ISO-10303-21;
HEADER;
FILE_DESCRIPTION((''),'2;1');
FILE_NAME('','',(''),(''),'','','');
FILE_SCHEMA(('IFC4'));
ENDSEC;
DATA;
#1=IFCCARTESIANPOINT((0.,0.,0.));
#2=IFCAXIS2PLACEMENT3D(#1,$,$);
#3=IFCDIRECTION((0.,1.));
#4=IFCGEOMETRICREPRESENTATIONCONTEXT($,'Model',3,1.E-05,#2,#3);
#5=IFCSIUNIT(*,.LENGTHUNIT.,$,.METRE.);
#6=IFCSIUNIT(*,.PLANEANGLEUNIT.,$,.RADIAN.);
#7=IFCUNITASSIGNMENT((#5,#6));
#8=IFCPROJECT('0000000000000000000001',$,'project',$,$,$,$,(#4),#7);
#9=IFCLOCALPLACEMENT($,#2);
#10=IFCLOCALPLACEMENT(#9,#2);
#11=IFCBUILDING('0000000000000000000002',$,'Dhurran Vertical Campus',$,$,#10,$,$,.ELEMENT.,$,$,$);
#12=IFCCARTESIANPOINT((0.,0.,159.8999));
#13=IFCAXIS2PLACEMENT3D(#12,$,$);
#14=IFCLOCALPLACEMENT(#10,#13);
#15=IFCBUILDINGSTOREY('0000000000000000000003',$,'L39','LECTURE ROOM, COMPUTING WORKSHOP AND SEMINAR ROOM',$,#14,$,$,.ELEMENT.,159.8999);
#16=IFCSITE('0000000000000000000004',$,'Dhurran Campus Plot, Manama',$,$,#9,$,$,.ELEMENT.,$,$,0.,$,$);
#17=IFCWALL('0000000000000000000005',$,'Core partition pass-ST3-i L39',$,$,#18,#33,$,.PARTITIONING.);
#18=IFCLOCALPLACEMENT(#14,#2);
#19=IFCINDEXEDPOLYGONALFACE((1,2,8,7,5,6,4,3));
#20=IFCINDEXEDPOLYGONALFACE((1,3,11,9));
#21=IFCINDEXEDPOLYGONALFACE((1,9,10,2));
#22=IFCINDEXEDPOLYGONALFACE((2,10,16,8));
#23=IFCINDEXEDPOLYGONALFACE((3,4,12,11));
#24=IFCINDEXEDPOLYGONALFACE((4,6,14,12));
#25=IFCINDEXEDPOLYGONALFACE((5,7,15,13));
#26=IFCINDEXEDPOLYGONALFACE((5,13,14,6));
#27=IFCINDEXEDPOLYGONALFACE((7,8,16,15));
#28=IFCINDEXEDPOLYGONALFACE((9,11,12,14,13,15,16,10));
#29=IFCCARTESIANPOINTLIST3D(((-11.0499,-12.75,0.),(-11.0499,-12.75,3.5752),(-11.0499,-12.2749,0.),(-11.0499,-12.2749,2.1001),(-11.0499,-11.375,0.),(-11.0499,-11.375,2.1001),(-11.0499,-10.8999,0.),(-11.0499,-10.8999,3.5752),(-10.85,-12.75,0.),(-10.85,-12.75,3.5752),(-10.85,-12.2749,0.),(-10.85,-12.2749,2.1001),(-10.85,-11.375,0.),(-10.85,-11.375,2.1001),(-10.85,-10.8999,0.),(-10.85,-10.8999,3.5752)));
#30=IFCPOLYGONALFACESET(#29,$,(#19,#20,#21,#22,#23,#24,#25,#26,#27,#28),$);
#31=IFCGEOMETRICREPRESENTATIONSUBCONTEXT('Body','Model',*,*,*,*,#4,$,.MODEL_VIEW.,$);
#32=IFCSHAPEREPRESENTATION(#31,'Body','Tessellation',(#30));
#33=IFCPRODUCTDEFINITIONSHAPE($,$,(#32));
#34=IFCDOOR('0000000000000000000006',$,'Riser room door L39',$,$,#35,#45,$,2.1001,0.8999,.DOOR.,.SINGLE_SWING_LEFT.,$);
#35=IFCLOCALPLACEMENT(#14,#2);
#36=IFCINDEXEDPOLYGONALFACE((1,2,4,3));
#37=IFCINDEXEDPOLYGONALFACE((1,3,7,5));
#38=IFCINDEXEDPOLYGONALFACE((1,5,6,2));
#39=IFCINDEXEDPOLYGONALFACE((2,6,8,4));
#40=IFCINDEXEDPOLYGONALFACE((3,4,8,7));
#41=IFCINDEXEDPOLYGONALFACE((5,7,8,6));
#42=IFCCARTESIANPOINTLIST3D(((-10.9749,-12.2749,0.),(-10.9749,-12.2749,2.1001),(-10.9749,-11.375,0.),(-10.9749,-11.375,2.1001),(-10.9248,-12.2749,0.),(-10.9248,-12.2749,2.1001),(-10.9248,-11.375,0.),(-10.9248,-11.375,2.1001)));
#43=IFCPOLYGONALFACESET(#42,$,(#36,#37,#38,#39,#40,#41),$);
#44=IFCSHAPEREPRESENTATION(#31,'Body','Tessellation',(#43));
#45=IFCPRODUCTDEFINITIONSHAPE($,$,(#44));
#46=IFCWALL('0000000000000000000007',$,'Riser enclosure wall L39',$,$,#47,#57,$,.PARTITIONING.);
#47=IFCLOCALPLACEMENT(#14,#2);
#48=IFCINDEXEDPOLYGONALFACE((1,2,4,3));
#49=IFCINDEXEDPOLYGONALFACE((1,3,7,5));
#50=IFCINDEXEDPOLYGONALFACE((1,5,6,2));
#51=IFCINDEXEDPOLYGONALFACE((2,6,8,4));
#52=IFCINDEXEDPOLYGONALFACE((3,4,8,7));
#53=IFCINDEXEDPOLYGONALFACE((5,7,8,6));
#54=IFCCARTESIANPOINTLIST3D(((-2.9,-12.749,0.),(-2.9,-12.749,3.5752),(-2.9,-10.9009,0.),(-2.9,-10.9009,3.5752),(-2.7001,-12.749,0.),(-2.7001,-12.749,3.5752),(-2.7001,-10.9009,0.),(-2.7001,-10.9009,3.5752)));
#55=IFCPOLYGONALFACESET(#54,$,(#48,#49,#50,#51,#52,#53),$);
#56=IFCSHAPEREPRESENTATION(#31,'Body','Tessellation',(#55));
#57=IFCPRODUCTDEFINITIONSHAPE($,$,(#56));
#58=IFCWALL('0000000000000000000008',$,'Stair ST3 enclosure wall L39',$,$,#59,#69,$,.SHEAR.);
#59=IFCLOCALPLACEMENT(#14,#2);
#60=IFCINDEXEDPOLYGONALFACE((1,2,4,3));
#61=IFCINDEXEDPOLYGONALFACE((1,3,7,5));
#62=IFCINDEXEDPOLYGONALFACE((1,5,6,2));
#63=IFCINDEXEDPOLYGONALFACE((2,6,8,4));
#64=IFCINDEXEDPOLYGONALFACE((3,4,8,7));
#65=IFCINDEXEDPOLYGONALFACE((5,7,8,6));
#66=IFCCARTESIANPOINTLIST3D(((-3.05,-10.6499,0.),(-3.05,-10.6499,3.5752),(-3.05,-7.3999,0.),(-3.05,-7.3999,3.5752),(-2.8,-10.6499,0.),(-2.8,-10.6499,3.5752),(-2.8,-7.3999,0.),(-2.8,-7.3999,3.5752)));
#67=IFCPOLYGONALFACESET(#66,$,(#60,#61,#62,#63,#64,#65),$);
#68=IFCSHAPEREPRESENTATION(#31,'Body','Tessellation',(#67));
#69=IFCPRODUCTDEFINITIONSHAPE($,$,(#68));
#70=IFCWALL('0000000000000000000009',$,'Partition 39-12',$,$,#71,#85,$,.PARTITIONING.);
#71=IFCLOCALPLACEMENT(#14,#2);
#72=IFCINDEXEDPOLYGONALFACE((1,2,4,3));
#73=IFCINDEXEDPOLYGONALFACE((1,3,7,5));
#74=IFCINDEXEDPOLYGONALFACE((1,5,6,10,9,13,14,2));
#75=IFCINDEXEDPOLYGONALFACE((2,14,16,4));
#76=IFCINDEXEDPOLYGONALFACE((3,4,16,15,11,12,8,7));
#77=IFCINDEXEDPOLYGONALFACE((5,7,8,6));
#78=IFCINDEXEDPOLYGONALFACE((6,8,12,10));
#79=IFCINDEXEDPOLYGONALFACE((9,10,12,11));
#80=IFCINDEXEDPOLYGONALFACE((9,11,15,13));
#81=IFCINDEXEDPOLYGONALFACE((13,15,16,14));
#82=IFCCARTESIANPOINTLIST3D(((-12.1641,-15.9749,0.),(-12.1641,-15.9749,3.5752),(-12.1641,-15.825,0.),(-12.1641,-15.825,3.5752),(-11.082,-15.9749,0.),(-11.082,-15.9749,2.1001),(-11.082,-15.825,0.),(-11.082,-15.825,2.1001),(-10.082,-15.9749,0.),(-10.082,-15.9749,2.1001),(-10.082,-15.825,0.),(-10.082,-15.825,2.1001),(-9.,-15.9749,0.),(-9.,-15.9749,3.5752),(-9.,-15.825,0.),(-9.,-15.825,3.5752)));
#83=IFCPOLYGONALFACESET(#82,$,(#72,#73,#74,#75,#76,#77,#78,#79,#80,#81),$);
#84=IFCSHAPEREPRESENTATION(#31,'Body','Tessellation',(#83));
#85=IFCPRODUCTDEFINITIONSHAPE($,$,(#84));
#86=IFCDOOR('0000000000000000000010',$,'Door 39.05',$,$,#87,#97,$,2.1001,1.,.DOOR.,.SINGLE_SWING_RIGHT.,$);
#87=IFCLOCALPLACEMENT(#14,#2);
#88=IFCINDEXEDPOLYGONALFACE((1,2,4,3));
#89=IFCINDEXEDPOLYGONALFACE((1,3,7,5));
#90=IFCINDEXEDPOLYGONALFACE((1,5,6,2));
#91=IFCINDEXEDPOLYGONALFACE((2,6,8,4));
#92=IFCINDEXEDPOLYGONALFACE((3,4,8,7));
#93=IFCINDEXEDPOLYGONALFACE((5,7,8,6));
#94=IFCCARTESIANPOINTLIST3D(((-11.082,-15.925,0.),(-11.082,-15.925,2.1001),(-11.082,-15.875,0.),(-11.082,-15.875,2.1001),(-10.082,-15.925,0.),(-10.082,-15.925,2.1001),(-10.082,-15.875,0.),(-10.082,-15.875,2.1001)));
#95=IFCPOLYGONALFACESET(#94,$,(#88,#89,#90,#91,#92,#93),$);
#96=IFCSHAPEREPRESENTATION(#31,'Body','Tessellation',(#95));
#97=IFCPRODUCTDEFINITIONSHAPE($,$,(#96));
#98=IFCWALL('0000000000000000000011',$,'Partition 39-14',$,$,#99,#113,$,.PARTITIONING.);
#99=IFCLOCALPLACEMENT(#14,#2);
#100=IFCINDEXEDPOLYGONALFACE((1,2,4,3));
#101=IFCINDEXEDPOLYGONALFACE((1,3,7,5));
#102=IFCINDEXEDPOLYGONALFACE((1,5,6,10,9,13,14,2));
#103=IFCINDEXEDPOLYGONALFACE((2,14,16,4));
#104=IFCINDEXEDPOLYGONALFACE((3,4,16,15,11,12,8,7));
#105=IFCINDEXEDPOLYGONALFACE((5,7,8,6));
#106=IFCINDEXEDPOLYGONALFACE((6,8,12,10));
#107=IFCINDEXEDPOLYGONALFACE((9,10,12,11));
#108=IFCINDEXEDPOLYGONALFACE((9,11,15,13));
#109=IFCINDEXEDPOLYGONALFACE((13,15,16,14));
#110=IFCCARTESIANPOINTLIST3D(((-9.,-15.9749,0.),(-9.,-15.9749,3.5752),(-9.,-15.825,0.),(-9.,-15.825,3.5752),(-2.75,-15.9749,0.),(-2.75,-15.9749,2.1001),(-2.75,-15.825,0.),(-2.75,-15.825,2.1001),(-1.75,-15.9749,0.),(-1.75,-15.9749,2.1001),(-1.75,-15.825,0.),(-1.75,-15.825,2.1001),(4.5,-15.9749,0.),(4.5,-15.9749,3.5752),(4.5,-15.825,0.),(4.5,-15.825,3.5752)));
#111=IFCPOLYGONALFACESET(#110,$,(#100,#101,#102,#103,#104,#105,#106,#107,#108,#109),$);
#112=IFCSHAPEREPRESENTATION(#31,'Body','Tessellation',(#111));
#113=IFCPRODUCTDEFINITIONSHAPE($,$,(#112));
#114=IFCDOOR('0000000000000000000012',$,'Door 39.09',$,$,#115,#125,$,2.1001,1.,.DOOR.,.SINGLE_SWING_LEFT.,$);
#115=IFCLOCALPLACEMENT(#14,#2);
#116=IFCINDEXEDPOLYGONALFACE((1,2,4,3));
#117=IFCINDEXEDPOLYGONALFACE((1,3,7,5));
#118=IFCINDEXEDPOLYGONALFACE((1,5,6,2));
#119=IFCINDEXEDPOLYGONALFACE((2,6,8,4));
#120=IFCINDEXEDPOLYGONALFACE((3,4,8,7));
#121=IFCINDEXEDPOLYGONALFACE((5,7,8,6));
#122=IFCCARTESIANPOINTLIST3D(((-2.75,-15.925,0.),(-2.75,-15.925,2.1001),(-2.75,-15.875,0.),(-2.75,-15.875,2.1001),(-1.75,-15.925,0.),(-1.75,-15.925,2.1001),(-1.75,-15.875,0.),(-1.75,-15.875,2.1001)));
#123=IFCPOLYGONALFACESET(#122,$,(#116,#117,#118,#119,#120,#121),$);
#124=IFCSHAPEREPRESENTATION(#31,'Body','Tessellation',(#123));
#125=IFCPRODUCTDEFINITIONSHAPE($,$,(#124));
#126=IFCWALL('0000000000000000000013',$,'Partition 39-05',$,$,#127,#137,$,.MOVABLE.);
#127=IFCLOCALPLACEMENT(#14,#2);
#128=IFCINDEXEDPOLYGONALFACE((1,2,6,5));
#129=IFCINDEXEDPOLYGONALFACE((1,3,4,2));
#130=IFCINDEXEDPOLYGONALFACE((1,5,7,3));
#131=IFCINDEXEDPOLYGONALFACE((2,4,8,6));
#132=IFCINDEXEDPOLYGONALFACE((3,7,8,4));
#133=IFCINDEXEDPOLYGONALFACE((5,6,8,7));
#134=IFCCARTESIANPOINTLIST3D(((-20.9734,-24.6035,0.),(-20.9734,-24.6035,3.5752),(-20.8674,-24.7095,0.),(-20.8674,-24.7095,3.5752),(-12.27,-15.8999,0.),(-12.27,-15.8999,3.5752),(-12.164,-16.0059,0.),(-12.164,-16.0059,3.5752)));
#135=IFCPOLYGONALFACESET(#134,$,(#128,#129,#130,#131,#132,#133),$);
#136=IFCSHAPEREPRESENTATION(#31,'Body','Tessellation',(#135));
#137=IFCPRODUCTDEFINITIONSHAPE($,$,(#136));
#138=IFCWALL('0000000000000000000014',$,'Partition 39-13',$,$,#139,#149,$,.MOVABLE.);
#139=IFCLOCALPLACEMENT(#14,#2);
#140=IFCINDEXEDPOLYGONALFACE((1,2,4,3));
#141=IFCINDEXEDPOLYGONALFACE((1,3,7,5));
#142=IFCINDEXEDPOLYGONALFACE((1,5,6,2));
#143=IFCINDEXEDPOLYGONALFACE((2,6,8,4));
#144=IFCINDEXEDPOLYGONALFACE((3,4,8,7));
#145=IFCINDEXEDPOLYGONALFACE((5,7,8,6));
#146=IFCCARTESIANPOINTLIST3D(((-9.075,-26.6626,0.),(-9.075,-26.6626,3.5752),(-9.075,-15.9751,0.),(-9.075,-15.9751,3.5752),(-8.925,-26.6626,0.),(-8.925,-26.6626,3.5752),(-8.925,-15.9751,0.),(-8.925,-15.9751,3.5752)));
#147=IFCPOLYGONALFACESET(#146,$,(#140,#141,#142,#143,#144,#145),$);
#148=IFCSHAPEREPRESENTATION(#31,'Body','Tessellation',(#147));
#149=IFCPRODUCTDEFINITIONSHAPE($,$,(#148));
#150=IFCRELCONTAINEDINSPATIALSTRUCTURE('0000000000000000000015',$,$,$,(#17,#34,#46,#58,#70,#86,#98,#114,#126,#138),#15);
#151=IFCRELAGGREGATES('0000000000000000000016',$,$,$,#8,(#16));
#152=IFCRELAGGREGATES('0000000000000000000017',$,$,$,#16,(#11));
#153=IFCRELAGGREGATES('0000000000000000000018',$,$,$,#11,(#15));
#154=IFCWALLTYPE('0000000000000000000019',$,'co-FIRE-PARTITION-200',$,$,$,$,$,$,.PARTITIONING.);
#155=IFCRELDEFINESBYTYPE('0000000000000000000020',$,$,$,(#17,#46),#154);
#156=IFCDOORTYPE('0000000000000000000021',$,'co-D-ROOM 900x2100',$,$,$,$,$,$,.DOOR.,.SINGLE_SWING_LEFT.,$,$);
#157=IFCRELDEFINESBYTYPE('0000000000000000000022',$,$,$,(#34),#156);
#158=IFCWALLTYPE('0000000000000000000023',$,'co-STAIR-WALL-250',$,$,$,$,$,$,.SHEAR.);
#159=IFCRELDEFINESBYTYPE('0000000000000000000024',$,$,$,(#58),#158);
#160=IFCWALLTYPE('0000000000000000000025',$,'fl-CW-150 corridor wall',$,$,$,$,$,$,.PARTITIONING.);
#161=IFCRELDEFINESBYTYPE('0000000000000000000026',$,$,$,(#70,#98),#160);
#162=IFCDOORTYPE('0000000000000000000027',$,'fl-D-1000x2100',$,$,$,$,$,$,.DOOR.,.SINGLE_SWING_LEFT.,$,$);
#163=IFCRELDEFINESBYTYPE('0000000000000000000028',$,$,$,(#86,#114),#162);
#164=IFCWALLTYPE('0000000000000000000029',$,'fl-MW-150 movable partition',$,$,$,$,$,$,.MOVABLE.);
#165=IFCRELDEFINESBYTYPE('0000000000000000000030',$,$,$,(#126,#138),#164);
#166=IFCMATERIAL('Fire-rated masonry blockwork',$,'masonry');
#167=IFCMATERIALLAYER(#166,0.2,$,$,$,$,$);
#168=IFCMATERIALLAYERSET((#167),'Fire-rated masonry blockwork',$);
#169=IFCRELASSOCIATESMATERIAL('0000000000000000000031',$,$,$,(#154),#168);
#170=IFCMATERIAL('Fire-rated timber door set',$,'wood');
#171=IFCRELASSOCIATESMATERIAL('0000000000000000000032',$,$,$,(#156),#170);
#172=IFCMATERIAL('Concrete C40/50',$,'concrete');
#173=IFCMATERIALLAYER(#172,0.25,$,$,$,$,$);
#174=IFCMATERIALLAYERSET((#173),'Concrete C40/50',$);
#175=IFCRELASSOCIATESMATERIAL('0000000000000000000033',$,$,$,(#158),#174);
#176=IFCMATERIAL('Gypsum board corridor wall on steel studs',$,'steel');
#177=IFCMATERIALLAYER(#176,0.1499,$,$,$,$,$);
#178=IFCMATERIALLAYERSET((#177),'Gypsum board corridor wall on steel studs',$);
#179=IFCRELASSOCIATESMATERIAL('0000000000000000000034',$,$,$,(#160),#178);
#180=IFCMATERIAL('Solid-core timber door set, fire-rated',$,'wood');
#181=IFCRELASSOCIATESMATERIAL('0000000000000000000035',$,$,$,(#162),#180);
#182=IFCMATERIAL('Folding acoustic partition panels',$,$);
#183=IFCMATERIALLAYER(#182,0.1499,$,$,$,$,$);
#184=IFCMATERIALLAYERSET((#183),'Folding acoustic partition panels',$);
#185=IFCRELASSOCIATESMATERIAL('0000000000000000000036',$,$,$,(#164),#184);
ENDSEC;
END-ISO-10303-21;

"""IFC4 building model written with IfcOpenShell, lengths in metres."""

from ifc_helpers import new_model, si_unit, direction, frame, frame_2d, origin, place, context, subcontext, project, spatial, rectangle, extrude, material, layer, layer_set, type_object, element, fill, save


model = new_model("IFC4")

# Units and contexts
model_context = context("Model", 3, precision=1e-05, world=origin(), true_north=direction((0.0, 1.0)))
body_context = subcontext(model_context, "Body", "Model", "MODEL_VIEW")
ifc_project = project(units=[si_unit("LENGTHUNIT", "METRE"), si_unit("PLANEANGLEUNIT", "RADIAN")], contexts=[model_context])

# Site, building, storey
site_placement = place(None, origin())
site = spatial("IfcSite", under=ifc_project, at=site_placement, Name="Dhurran Campus Plot, Manama", CompositionType="ELEMENT", RefElevation=0.0)
building_placement = place(site_placement, origin())
building = spatial("IfcBuilding", under=site, at=building_placement, Name="Dhurran Vertical Campus", CompositionType="ELEMENT")
storey_placement = place(building_placement, frame((0.0, 0.0, 159.8999)))
storey = spatial("IfcBuildingStorey", under=building, at=storey_placement, Name="L39", Description="LECTURE ROOM, COMPUTING WORKSHOP AND SEMINAR ROOM", CompositionType="ELEMENT", Elevation=159.8999)

# Shared definitions
ifc_material_1 = material(Name="Fire-rated masonry blockwork", Category="masonry")
ifc_layer_1 = layer(ifc_material_1, 0.2)
ifc_layer_set_1 = layer_set([ifc_layer_1], Name="Fire-rated masonry blockwork")
wall_type_1 = type_object("IfcWallType", Name="co-FIRE-PARTITION-200", PredefinedType="PARTITIONING", material=ifc_layer_set_1)

# Shared definitions
ifc_material_2 = material(Name="Fire-rated timber door set", Category="wood")
door_type_1 = type_object("IfcDoorType", Name="co-D-ROOM 900x2100", OperationType="SINGLE_SWING_LEFT", PredefinedType="DOOR", material=ifc_material_2)

# Wall, opening, door
wall_1_placement = place(storey_placement, frame((-10.95, -12.75, 0.0), z_axis=(0.0, 0.0, 1.0), x_axis=(0.0, 1.0, 0.0)))
wall_1 = element("IfcWall", 1, at=wall_1_placement, inside=storey, type_object=wall_type_1, Name="Core partition pass-ST3-i L39", PredefinedType="PARTITIONING", context=body_context, shape_type="SweptSolid", body=[
    extrude(rectangle(XDim=1.8501, YDim=0.2, at=frame_2d((0.925, 0.0))), origin(), (0.0, 0.0, 1.0), 3.5752),
])
opening_1_placement = place(wall_1_placement, frame((0.4751, 0.0, 0.0)))
opening_1 = element("IfcOpeningElement", 2, at=opening_1_placement, cuts=wall_1, PredefinedType="OPENING", context=body_context, shape_type="SweptSolid", body=[
    extrude(rectangle(XDim=0.8999, YDim=2.1001, at=frame_2d((0.45, 1.05))), frame((0.0, 0.1099, 0.0), z_axis=(0.0, -1.0, 0.0), x_axis=(1.0, 0.0, 0.0)), (0.0, 0.0, 1.0), 0.22),
])
door_1_placement = place(opening_1_placement, origin())
door_1 = element("IfcDoor", 3, at=door_1_placement, inside=storey, type_object=door_type_1, Name="Riser room door L39", OperationType="SINGLE_SWING_LEFT", OverallHeight=2.1001, OverallWidth=0.8999, PredefinedType="DOOR", context=body_context, shape_type="SweptSolid", body=[
    extrude(rectangle(XDim=0.8999, YDim=2.1001, at=frame_2d((0.45, 1.05))), frame((0.0, 0.0249, 0.0), z_axis=(0.0, -1.0, 0.0), x_axis=(1.0, 0.0, 0.0)), (0.0, 0.0, 1.0), 0.05),
])
fill(opening_1, door_1)

# Walls
wall_2_placement = place(storey_placement, frame((-2.8, -12.749, 0.0), z_axis=(0.0, 0.0, 1.0), x_axis=(0.0, 1.0, 0.0)))
element("IfcWall", 4, at=wall_2_placement, inside=storey, type_object=wall_type_1, Name="Riser enclosure wall L39", PredefinedType="PARTITIONING", context=body_context, shape_type="SweptSolid", body=[
    extrude(rectangle(XDim=1.8481, YDim=0.2, at=frame_2d((0.9241, 0.0))), origin(), (0.0, 0.0, 1.0), 3.5752),
])
ifc_material_3 = material(Name="Concrete C40/50", Category="concrete")
ifc_layer_2 = layer(ifc_material_3, 0.25)
ifc_layer_set_2 = layer_set([ifc_layer_2], Name="Concrete C40/50")
wall_type_2 = type_object("IfcWallType", Name="co-STAIR-WALL-250", PredefinedType="SHEAR", material=ifc_layer_set_2)
wall_3_placement = place(storey_placement, frame((-2.925, -10.6499, 0.0), z_axis=(0.0, 0.0, 1.0), x_axis=(0.0, 1.0, 0.0)))
element("IfcWall", 5, at=wall_3_placement, inside=storey, type_object=wall_type_2, Name="Stair ST3 enclosure wall L39", PredefinedType="SHEAR", context=body_context, shape_type="SweptSolid", body=[
    extrude(rectangle(XDim=3.25, YDim=0.25, at=frame_2d((1.625, 0.0))), origin(), (0.0, 0.0, 1.0), 3.5752),
])

# Walls, openings, doors
ifc_material_4 = material(Name="Gypsum board corridor wall on steel studs", Category="steel")
ifc_layer_3 = layer(ifc_material_4, 0.1499)
ifc_layer_set_3 = layer_set([ifc_layer_3], Name="Gypsum board corridor wall on steel studs")
wall_type_3 = type_object("IfcWallType", Name="fl-CW-150 corridor wall", PredefinedType="PARTITIONING", material=ifc_layer_set_3)
wall_4_placement = place(storey_placement, frame((-12.1641, -15.8999, 0.0), z_axis=(0.0, 0.0, 1.0), x_axis=(1.0, 0.0, 0.0)))
wall_4 = element("IfcWall", 6, at=wall_4_placement, inside=storey, type_object=wall_type_3, Name="Partition 39-12", PredefinedType="PARTITIONING", context=body_context, shape_type="SweptSolid", body=[
    extrude(rectangle(XDim=3.1641, YDim=0.1499, at=frame_2d((1.582, 0.0))), origin(), (0.0, 0.0, 1.0), 3.5752),
])
opening_2_placement = place(wall_4_placement, frame((1.082, 0.0, 0.0)))
opening_2 = element("IfcOpeningElement", 7, at=opening_2_placement, cuts=wall_4, PredefinedType="OPENING", context=body_context, shape_type="SweptSolid", body=[
    extrude(rectangle(XDim=1.0, YDim=2.1001, at=frame_2d((0.5, 1.05))), frame((0.0, 0.085, 0.0), z_axis=(0.0, -1.0, 0.0), x_axis=(1.0, 0.0, 0.0)), (0.0, 0.0, 1.0), 0.1699),
])
ifc_material_5 = material(Name="Solid-core timber door set, fire-rated", Category="wood")
door_type_2 = type_object("IfcDoorType", Name="fl-D-1000x2100", OperationType="SINGLE_SWING_LEFT", PredefinedType="DOOR", material=ifc_material_5)
door_2_placement = place(opening_2_placement, origin())
door_2 = element("IfcDoor", 8, at=door_2_placement, inside=storey, type_object=door_type_2, Name="Door 39.05", OperationType="SINGLE_SWING_RIGHT", OverallHeight=2.1001, OverallWidth=1.0, PredefinedType="DOOR", context=body_context, shape_type="SweptSolid", body=[
    extrude(rectangle(XDim=1.0, YDim=2.1001, at=frame_2d((0.5, 1.05))), frame((0.0, 0.0249, 0.0), z_axis=(0.0, -1.0, 0.0), x_axis=(1.0, 0.0, 0.0)), (0.0, 0.0, 1.0), 0.05),
])
fill(opening_2, door_2)
wall_5_placement = place(storey_placement, frame((-9.0, -15.8999, 0.0), z_axis=(0.0, 0.0, 1.0), x_axis=(1.0, 0.0, 0.0)))
wall_5 = element("IfcWall", 9, at=wall_5_placement, inside=storey, type_object=wall_type_3, Name="Partition 39-14", PredefinedType="PARTITIONING", context=body_context, shape_type="SweptSolid", body=[
    extrude(rectangle(XDim=13.5, YDim=0.1499, at=frame_2d((6.75, 0.0))), origin(), (0.0, 0.0, 1.0), 3.5752),
])
opening_3_placement = place(wall_5_placement, frame((6.25, 0.0, 0.0)))
opening_3 = element("IfcOpeningElement", 10, at=opening_3_placement, cuts=wall_5, PredefinedType="OPENING", context=body_context, shape_type="SweptSolid", body=[
    extrude(rectangle(XDim=1.0, YDim=2.1001, at=frame_2d((0.5, 1.05))), frame((0.0, 0.085, 0.0), z_axis=(0.0, -1.0, 0.0), x_axis=(1.0, 0.0, 0.0)), (0.0, 0.0, 1.0), 0.1699),
])
door_3_placement = place(opening_3_placement, origin())
door_3 = element("IfcDoor", 11, at=door_3_placement, inside=storey, type_object=door_type_2, Name="Door 39.09", OperationType="SINGLE_SWING_LEFT", OverallHeight=2.1001, OverallWidth=1.0, PredefinedType="DOOR", context=body_context, shape_type="SweptSolid", body=[
    extrude(rectangle(XDim=1.0, YDim=2.1001, at=frame_2d((0.5, 1.05))), frame((0.0, 0.0249, 0.0), z_axis=(0.0, -1.0, 0.0), x_axis=(1.0, 0.0, 0.0)), (0.0, 0.0, 1.0), 0.05),
])
fill(opening_3, door_3)

# Walls
ifc_material_6 = material(Name="Folding acoustic partition panels")
ifc_layer_4 = layer(ifc_material_6, 0.1499)
ifc_layer_set_4 = layer_set([ifc_layer_4], Name="Folding acoustic partition panels")
wall_type_4 = type_object("IfcWallType", Name="fl-MW-150 movable partition", PredefinedType="MOVABLE", material=ifc_layer_set_4)
wall_6_placement = place(storey_placement, frame((-12.217, -15.9529, 0.0), z_axis=(0.0, 0.0, 1.0), x_axis=(-0.707097, -0.707117, 0.0)))
element("IfcWall", 12, at=wall_6_placement, inside=storey, type_object=wall_type_4, Name="Partition 39-05", PredefinedType="MOVABLE", context=body_context, shape_type="SweptSolid", body=[
    extrude(rectangle(XDim=12.3086, YDim=0.1499, at=frame_2d((6.1543, 0.0))), origin(), (0.0, 0.0, 1.0), 3.5752),
])
wall_7_placement = place(storey_placement, frame((-9.0, -15.9751, 0.0), z_axis=(0.0, 0.0, 1.0), x_axis=(0.0, -1.0, 0.0)))
element("IfcWall", 13, at=wall_7_placement, inside=storey, type_object=wall_type_4, Name="Partition 39-13", PredefinedType="MOVABLE", context=body_context, shape_type="SweptSolid", body=[
    extrude(rectangle(XDim=10.6875, YDim=0.1499, at=frame_2d((5.3438, 0.0))), origin(), (0.0, 0.0, 1.0), 3.5752),
])

save(model, "model.ifc")
